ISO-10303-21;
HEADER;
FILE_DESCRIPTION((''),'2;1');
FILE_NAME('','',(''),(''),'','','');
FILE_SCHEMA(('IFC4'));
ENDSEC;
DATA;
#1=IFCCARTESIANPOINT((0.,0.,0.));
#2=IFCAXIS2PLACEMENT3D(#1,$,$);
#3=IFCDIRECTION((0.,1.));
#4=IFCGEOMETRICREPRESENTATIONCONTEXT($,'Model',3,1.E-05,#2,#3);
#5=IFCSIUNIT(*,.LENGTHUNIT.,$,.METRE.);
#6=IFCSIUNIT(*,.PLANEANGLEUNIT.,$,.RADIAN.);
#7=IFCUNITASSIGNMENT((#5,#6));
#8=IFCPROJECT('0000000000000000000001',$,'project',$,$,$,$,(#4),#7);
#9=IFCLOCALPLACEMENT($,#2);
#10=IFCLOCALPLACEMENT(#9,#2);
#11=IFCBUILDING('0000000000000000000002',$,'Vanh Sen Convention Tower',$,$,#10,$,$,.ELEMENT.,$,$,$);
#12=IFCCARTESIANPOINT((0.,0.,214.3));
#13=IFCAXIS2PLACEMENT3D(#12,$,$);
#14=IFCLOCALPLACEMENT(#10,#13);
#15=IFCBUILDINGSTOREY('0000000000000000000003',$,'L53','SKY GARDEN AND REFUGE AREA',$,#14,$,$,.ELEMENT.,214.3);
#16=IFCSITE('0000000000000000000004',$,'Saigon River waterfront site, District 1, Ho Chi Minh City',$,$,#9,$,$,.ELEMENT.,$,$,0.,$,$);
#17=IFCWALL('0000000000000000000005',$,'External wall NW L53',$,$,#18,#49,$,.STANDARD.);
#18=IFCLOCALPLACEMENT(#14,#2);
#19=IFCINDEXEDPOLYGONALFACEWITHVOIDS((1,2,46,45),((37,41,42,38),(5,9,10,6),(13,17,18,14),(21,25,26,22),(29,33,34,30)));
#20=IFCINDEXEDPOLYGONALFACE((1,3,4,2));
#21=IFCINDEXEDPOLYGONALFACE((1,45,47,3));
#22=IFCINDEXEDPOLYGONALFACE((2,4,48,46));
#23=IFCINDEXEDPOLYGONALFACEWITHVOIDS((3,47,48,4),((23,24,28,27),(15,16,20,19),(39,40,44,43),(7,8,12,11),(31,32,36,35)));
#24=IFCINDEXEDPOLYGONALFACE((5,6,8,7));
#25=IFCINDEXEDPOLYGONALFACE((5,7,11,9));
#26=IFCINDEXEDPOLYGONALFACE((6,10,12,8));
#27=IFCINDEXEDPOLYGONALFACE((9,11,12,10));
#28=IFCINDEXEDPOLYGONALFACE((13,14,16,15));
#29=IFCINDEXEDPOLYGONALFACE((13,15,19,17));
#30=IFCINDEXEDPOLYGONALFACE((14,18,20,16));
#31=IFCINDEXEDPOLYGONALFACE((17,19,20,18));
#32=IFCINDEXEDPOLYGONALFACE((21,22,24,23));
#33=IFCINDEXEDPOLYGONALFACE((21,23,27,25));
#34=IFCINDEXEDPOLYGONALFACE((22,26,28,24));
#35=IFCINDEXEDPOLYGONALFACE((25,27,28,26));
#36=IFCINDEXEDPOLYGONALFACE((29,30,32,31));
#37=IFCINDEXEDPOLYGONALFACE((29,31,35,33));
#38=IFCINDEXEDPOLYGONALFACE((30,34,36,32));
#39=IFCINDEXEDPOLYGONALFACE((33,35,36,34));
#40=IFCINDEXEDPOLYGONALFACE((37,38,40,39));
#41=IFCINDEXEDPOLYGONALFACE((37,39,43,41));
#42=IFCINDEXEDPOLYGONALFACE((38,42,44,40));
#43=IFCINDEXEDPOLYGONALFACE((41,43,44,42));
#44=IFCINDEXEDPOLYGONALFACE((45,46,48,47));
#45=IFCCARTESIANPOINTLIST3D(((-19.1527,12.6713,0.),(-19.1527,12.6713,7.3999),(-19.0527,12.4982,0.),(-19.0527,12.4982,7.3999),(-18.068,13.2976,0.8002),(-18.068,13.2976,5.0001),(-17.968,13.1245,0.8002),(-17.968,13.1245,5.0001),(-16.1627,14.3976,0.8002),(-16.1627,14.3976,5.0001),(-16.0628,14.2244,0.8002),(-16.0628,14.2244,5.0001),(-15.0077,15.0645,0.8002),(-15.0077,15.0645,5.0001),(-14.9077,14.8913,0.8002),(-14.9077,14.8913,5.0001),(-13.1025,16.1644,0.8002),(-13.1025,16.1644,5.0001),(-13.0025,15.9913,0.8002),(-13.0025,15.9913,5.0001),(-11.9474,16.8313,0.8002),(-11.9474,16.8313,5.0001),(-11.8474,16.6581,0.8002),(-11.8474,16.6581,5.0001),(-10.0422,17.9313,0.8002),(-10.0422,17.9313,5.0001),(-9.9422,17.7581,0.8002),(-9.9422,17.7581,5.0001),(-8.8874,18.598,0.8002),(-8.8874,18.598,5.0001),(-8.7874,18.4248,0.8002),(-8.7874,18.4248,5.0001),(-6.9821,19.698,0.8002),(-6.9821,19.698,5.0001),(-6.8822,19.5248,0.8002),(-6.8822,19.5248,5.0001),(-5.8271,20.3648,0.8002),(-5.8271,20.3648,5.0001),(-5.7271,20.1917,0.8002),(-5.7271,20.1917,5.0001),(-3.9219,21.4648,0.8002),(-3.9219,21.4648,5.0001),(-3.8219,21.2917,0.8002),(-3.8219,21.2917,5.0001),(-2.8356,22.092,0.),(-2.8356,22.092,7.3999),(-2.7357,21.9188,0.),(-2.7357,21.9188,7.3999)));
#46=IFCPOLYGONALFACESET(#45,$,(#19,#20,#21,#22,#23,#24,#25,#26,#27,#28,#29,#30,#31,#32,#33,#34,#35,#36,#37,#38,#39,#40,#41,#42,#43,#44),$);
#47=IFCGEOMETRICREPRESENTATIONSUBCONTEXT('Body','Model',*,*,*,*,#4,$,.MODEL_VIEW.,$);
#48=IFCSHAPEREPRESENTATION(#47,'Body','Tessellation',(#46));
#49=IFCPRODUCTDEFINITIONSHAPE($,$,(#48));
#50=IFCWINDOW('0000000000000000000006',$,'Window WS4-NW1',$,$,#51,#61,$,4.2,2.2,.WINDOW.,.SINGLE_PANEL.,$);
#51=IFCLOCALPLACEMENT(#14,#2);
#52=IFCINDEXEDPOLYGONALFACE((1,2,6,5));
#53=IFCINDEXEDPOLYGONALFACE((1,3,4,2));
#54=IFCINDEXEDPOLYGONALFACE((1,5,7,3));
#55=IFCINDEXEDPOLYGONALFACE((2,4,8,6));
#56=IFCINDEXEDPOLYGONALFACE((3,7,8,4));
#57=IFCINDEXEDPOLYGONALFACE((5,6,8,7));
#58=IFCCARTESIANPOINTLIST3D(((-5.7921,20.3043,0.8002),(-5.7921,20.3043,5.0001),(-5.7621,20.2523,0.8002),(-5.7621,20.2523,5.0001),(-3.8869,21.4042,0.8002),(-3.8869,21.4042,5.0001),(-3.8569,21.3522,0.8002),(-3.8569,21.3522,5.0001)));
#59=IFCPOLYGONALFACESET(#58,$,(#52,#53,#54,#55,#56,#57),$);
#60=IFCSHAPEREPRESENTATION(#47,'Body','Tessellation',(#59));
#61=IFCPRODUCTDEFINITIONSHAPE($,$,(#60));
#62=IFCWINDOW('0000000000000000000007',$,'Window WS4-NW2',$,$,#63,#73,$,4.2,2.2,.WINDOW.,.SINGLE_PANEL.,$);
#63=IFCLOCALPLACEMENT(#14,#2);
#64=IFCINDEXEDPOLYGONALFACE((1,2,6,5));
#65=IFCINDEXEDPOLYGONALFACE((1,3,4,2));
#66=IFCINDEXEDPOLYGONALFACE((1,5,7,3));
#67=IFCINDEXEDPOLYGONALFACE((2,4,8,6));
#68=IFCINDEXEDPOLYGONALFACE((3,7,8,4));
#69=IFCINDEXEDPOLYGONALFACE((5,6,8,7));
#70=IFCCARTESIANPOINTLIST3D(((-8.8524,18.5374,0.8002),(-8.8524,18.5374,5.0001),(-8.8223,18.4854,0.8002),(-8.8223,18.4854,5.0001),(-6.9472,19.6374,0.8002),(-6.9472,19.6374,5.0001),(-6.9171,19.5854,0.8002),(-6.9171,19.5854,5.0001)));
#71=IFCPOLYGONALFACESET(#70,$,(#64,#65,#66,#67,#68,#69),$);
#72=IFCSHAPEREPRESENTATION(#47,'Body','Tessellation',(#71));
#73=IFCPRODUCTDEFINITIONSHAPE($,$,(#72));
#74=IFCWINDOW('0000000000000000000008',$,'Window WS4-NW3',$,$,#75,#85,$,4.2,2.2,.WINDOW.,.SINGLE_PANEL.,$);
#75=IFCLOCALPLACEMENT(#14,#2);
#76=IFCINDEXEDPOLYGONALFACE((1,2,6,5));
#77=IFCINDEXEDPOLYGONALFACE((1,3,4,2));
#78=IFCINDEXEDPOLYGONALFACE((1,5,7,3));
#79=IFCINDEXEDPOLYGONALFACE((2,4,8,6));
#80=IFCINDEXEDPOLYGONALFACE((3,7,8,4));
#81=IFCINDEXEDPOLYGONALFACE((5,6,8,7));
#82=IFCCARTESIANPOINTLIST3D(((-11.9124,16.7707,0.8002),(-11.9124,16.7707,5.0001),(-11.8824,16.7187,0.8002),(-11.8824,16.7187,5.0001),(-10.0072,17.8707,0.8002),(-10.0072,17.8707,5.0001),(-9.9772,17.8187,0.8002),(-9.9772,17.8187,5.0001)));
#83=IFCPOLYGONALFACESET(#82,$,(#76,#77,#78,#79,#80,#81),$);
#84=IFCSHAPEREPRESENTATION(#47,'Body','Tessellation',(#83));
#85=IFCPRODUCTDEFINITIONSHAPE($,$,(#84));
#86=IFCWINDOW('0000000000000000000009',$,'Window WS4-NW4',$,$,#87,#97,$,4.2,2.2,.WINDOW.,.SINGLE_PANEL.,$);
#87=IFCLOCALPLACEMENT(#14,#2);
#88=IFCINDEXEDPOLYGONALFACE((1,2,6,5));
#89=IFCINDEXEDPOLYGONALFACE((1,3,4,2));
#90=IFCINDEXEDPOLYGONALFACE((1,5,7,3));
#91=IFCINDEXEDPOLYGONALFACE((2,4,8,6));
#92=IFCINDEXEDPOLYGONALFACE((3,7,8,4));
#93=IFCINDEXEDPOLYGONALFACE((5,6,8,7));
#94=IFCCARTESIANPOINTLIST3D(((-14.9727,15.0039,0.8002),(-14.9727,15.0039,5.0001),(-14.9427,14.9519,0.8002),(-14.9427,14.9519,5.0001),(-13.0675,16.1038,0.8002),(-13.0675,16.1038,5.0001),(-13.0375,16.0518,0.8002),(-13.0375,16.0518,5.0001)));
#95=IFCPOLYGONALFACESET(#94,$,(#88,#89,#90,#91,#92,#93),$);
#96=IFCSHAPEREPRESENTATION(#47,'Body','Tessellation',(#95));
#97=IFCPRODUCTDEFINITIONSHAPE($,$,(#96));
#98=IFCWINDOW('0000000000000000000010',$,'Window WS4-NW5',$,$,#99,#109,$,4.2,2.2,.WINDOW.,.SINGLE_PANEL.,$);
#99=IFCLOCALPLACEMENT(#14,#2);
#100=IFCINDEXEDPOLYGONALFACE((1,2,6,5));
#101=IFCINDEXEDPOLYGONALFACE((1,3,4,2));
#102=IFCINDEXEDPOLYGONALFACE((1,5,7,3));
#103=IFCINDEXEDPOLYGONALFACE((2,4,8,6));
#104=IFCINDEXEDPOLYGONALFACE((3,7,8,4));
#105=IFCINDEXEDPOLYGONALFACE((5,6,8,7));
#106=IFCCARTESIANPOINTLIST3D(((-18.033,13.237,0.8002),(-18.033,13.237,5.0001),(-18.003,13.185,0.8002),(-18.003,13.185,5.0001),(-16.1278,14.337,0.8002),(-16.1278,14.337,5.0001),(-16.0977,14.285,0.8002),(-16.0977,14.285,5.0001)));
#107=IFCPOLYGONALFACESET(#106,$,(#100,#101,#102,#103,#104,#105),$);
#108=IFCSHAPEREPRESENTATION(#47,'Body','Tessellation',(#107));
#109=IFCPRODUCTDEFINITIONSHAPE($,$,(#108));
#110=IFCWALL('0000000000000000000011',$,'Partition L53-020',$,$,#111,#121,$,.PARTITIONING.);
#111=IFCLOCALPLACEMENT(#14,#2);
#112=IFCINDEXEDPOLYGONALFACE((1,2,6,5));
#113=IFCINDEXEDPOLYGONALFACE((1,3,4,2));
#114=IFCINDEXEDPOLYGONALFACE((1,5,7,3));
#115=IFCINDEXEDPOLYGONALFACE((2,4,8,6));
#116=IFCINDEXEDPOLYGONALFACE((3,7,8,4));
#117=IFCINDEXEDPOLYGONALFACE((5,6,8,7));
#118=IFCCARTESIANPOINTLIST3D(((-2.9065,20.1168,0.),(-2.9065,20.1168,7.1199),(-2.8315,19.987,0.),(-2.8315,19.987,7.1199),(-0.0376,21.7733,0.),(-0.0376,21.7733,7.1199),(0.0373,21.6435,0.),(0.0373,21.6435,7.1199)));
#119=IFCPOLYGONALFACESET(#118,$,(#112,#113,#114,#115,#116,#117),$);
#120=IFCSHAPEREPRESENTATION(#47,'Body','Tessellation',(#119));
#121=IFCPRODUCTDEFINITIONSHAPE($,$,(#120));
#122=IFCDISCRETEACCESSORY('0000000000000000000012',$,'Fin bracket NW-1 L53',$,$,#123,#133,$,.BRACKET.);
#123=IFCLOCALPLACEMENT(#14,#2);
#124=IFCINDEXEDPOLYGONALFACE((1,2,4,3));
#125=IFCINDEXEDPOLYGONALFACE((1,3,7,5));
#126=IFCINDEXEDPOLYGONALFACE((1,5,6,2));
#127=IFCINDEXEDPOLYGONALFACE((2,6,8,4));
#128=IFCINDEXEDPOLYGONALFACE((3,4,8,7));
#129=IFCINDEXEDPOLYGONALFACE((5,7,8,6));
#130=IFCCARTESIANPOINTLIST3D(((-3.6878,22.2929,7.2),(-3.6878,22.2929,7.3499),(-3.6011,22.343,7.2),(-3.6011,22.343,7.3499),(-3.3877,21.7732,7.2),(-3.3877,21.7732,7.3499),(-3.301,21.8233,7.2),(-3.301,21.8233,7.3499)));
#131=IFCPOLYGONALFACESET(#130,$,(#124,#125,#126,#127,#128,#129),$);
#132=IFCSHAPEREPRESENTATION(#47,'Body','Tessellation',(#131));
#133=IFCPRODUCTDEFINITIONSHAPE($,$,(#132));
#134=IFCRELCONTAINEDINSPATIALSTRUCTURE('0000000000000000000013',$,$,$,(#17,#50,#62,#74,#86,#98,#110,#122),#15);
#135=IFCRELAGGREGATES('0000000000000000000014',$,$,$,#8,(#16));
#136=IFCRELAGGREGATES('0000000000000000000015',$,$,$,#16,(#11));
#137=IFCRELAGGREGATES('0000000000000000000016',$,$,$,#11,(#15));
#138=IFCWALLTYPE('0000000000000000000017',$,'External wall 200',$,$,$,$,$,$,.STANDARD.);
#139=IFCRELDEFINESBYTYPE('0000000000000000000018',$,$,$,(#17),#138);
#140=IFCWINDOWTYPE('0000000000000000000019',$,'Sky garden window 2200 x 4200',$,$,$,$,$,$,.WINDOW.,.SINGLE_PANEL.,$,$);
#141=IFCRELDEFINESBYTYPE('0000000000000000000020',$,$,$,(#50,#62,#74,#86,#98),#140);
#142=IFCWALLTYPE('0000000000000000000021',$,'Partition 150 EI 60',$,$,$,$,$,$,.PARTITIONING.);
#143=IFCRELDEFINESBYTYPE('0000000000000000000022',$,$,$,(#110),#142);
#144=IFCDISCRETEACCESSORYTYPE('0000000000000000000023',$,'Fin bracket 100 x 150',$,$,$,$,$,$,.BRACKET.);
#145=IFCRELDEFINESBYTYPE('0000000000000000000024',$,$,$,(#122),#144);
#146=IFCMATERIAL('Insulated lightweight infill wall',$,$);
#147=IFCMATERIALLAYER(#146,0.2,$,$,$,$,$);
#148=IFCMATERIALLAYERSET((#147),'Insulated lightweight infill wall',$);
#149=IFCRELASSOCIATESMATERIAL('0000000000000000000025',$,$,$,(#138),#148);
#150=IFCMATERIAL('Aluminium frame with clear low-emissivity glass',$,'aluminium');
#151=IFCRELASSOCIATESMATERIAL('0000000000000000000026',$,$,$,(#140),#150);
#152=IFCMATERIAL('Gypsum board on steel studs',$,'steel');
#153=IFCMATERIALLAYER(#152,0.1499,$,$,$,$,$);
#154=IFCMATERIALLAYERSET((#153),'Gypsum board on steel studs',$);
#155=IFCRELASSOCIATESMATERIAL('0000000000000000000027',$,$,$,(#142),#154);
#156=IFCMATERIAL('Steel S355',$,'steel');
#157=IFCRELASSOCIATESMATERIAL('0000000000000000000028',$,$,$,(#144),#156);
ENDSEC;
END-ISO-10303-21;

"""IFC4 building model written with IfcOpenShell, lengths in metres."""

from ifc_helpers import new_model, si_unit, direction, frame, frame_2d, origin, origin_2d, place, context, subcontext, project, spatial, rectangle, extrude, material, layer, layer_set, type_object, element, fill, save


model = new_model("IFC4")

# Units and contexts
model_context = context("Model", 3, precision=1e-05, world=origin(), true_north=direction((0.0, 1.0)))
body_context = subcontext(model_context, "Body", "Model", "MODEL_VIEW")
ifc_project = project(units=[si_unit("LENGTHUNIT", "METRE"), si_unit("PLANEANGLEUNIT", "RADIAN")], contexts=[model_context])

# Site, building, storey
site_placement = place(None, origin())
site = spatial("IfcSite", under=ifc_project, at=site_placement, Name="Saigon River waterfront site, District 1, Ho Chi Minh City", CompositionType="ELEMENT", RefElevation=0.0)
building_placement = place(site_placement, origin())
building = spatial("IfcBuilding", under=site, at=building_placement, Name="Vanh Sen Convention Tower", CompositionType="ELEMENT")
storey_placement = place(building_placement, frame((0.0, 0.0, 214.3)))
storey = spatial("IfcBuildingStorey", under=building, at=storey_placement, Name="L53", Description="SKY GARDEN AND REFUGE AREA", CompositionType="ELEMENT", Elevation=214.3)

# Wall, openings, windows
ifc_material_1 = material(Name="Insulated lightweight infill wall")
ifc_layer_1 = layer(ifc_material_1, 0.2)
ifc_layer_set_1 = layer_set([ifc_layer_1], Name="Insulated lightweight infill wall")
wall_type_1 = type_object("IfcWallType", Name="External wall 200", PredefinedType="STANDARD", material=ifc_layer_set_1)
wall_1_placement = place(storey_placement, frame((-2.7856, 22.0054, 0.0), z_axis=(0.0, 0.0, 1.0), x_axis=(-0.866027, -0.499998, 0.0)))
wall_1 = element("IfcWall", 1, at=wall_1_placement, inside=storey, type_object=wall_type_1, Name="External wall NW L53", PredefinedType="STANDARD", context=body_context, shape_type="SweptSolid", body=[
    extrude(rectangle(XDim=18.8413, YDim=0.2, at=frame_2d((9.4207, 0.0))), origin(), (0.0, 0.0, 1.0), 7.3999),
])
opening_1_placement = place(wall_1_placement, frame((1.2542, 0.0, 0.8)))
opening_1 = element("IfcOpeningElement", 2, at=opening_1_placement, cuts=wall_1, PredefinedType="OPENING", context=body_context, shape_type="SweptSolid", body=[
    extrude(rectangle(XDim=2.2, YDim=4.2, at=frame_2d((1.1001, 2.1001))), frame((0.0, 0.1099, 0.0), z_axis=(0.0, -1.0, 0.0), x_axis=(1.0, 0.0, 0.0)), (0.0, 0.0, 1.0), 0.22),
])
opening_2_placement = place(wall_1_placement, frame((4.7878, 0.0, 0.8)))
opening_2 = element("IfcOpeningElement", 3, at=opening_2_placement, cuts=wall_1, PredefinedType="OPENING", context=body_context, shape_type="SweptSolid", body=[
    extrude(rectangle(XDim=2.2, YDim=4.2, at=frame_2d((1.1001, 2.1001))), frame((0.0, 0.1099, 0.0), z_axis=(0.0, -1.0, 0.0), x_axis=(1.0, 0.0, 0.0)), (0.0, 0.0, 1.0), 0.22),
])
opening_3_placement = place(wall_1_placement, frame((8.3213, 0.0, 0.8)))
opening_3 = element("IfcOpeningElement", 4, at=opening_3_placement, cuts=wall_1, PredefinedType="OPENING", context=body_context, shape_type="SweptSolid", body=[
    extrude(rectangle(XDim=2.2, YDim=4.2, at=frame_2d((1.1001, 2.1001))), frame((0.0, 0.1099, 0.0), z_axis=(0.0, -1.0, 0.0), x_axis=(1.0, 0.0, 0.0)), (0.0, 0.0, 1.0), 0.22),
])
opening_4_placement = place(wall_1_placement, frame((11.855, 0.0, 0.8)))
opening_4 = element("IfcOpeningElement", 5, at=opening_4_placement, cuts=wall_1, PredefinedType="OPENING", context=body_context, shape_type="SweptSolid", body=[
    extrude(rectangle(XDim=2.2, YDim=4.2, at=frame_2d((1.1001, 2.1001))), frame((0.0, 0.1099, 0.0), z_axis=(0.0, -1.0, 0.0), x_axis=(1.0, 0.0, 0.0)), (0.0, 0.0, 1.0), 0.22),
])
opening_5_placement = place(wall_1_placement, frame((15.3887, 0.0, 0.8)))
opening_5 = element("IfcOpeningElement", 6, at=opening_5_placement, cuts=wall_1, PredefinedType="OPENING", context=body_context, shape_type="SweptSolid", body=[
    extrude(rectangle(XDim=2.2, YDim=4.2, at=frame_2d((1.1001, 2.1001))), frame((0.0, 0.1099, 0.0), z_axis=(0.0, -1.0, 0.0), x_axis=(1.0, 0.0, 0.0)), (0.0, 0.0, 1.0), 0.22),
])
ifc_material_2 = material(Name="Aluminium frame with clear low-emissivity glass", Category="aluminium")
window_type = type_object("IfcWindowType", Name="Sky garden window 2200 x 4200", PartitioningType="SINGLE_PANEL", PredefinedType="WINDOW", material=ifc_material_2)
window_1_placement = place(opening_1_placement, origin())
window_1 = element("IfcWindow", 7, at=window_1_placement, inside=storey, type_object=window_type, Name="Window WS4-NW1", OverallHeight=4.2, OverallWidth=2.2, PartitioningType="SINGLE_PANEL", PredefinedType="WINDOW", context=body_context, shape_type="SweptSolid", body=[
    extrude(rectangle(XDim=2.2, YDim=4.2, at=frame_2d((1.1001, 2.1001))), frame((0.0, 0.03, 0.0), z_axis=(0.0, -1.0, 0.0), x_axis=(1.0, 0.0, 0.0)), (0.0, 0.0, 1.0), 0.0601),
])
fill(opening_1, window_1)
window_2_placement = place(opening_2_placement, origin())
window_2 = element("IfcWindow", 8, at=window_2_placement, inside=storey, type_object=window_type, Name="Window WS4-NW2", OverallHeight=4.2, OverallWidth=2.2, PartitioningType="SINGLE_PANEL", PredefinedType="WINDOW", context=body_context, shape_type="SweptSolid", body=[
    extrude(rectangle(XDim=2.2, YDim=4.2, at=frame_2d((1.1001, 2.1001))), frame((0.0, 0.03, 0.0), z_axis=(0.0, -1.0, 0.0), x_axis=(1.0, 0.0, 0.0)), (0.0, 0.0, 1.0), 0.0601),
])
fill(opening_2, window_2)
window_3_placement = place(opening_3_placement, origin())
window_3 = element("IfcWindow", 9, at=window_3_placement, inside=storey, type_object=window_type, Name="Window WS4-NW3", OverallHeight=4.2, OverallWidth=2.2, PartitioningType="SINGLE_PANEL", PredefinedType="WINDOW", context=body_context, shape_type="SweptSolid", body=[
    extrude(rectangle(XDim=2.2, YDim=4.2, at=frame_2d((1.1001, 2.1001))), frame((0.0, 0.03, 0.0), z_axis=(0.0, -1.0, 0.0), x_axis=(1.0, 0.0, 0.0)), (0.0, 0.0, 1.0), 0.0601),
])
fill(opening_3, window_3)
window_4_placement = place(opening_4_placement, origin())
window_4 = element("IfcWindow", 10, at=window_4_placement, inside=storey, type_object=window_type, Name="Window WS4-NW4", OverallHeight=4.2, OverallWidth=2.2, PartitioningType="SINGLE_PANEL", PredefinedType="WINDOW", context=body_context, shape_type="SweptSolid", body=[
    extrude(rectangle(XDim=2.2, YDim=4.2, at=frame_2d((1.1001, 2.1001))), frame((0.0, 0.03, 0.0), z_axis=(0.0, -1.0, 0.0), x_axis=(1.0, 0.0, 0.0)), (0.0, 0.0, 1.0), 0.0601),
])
fill(opening_4, window_4)
window_5_placement = place(opening_5_placement, origin())
window_5 = element("IfcWindow", 11, at=window_5_placement, inside=storey, type_object=window_type, Name="Window WS4-NW5", OverallHeight=4.2, OverallWidth=2.2, PartitioningType="SINGLE_PANEL", PredefinedType="WINDOW", context=body_context, shape_type="SweptSolid", body=[
    extrude(rectangle(XDim=2.2, YDim=4.2, at=frame_2d((1.1001, 2.1001))), frame((0.0, 0.03, 0.0), z_axis=(0.0, -1.0, 0.0), x_axis=(1.0, 0.0, 0.0)), (0.0, 0.0, 1.0), 0.0601),
])
fill(opening_5, window_5)

# Wall
ifc_material_3 = material(Name="Gypsum board on steel studs", Category="steel")
ifc_layer_2 = layer(ifc_material_3, 0.1499)
ifc_layer_set_2 = layer_set([ifc_layer_2], Name="Gypsum board on steel studs")
wall_type_2 = type_object("IfcWallType", Name="Partition 150 EI 60", PredefinedType="PARTITIONING", material=ifc_layer_set_2)
wall_2_placement = place(storey_placement, frame((-2.8689, 20.052, 0.0), z_axis=(0.0, 0.0, 1.0), x_axis=(0.866008, 0.500031, 0.0)))
element("IfcWall", 12, at=wall_2_placement, inside=storey, type_object=wall_type_2, Name="Partition L53-020", PredefinedType="PARTITIONING", context=body_context, shape_type="SweptSolid", body=[
    extrude(rectangle(XDim=3.3127, YDim=0.1499, at=frame_2d((1.6562, 0.0))), origin(), (0.0, 0.0, 1.0), 7.1199),
])

# Discrete accessory
ifc_material_4 = material(Name="Steel S355", Category="steel")
discrete_accessory_type = type_object("IfcDiscreteAccessoryType", Name="Fin bracket 100 x 150", PredefinedType="BRACKET", material=ifc_material_4)
discrete_accessory_placement = place(storey_placement, frame((-3.4944, 22.0581, 7.2), z_axis=(0.0, 0.0, 1.0), x_axis=(-0.5, 0.866025, 0.0)))
element("IfcDiscreteAccessory", 13, at=discrete_accessory_placement, inside=storey, type_object=discrete_accessory_type, Name="Fin bracket NW-1 L53", PredefinedType="BRACKET", context=body_context, shape_type="SweptSolid", body=[
    extrude(rectangle(XDim=0.6001, YDim=0.1001, at=origin_2d()), origin(), (0.0, 0.0, 1.0), 0.1499),
])

save(model, "model.ifc")
